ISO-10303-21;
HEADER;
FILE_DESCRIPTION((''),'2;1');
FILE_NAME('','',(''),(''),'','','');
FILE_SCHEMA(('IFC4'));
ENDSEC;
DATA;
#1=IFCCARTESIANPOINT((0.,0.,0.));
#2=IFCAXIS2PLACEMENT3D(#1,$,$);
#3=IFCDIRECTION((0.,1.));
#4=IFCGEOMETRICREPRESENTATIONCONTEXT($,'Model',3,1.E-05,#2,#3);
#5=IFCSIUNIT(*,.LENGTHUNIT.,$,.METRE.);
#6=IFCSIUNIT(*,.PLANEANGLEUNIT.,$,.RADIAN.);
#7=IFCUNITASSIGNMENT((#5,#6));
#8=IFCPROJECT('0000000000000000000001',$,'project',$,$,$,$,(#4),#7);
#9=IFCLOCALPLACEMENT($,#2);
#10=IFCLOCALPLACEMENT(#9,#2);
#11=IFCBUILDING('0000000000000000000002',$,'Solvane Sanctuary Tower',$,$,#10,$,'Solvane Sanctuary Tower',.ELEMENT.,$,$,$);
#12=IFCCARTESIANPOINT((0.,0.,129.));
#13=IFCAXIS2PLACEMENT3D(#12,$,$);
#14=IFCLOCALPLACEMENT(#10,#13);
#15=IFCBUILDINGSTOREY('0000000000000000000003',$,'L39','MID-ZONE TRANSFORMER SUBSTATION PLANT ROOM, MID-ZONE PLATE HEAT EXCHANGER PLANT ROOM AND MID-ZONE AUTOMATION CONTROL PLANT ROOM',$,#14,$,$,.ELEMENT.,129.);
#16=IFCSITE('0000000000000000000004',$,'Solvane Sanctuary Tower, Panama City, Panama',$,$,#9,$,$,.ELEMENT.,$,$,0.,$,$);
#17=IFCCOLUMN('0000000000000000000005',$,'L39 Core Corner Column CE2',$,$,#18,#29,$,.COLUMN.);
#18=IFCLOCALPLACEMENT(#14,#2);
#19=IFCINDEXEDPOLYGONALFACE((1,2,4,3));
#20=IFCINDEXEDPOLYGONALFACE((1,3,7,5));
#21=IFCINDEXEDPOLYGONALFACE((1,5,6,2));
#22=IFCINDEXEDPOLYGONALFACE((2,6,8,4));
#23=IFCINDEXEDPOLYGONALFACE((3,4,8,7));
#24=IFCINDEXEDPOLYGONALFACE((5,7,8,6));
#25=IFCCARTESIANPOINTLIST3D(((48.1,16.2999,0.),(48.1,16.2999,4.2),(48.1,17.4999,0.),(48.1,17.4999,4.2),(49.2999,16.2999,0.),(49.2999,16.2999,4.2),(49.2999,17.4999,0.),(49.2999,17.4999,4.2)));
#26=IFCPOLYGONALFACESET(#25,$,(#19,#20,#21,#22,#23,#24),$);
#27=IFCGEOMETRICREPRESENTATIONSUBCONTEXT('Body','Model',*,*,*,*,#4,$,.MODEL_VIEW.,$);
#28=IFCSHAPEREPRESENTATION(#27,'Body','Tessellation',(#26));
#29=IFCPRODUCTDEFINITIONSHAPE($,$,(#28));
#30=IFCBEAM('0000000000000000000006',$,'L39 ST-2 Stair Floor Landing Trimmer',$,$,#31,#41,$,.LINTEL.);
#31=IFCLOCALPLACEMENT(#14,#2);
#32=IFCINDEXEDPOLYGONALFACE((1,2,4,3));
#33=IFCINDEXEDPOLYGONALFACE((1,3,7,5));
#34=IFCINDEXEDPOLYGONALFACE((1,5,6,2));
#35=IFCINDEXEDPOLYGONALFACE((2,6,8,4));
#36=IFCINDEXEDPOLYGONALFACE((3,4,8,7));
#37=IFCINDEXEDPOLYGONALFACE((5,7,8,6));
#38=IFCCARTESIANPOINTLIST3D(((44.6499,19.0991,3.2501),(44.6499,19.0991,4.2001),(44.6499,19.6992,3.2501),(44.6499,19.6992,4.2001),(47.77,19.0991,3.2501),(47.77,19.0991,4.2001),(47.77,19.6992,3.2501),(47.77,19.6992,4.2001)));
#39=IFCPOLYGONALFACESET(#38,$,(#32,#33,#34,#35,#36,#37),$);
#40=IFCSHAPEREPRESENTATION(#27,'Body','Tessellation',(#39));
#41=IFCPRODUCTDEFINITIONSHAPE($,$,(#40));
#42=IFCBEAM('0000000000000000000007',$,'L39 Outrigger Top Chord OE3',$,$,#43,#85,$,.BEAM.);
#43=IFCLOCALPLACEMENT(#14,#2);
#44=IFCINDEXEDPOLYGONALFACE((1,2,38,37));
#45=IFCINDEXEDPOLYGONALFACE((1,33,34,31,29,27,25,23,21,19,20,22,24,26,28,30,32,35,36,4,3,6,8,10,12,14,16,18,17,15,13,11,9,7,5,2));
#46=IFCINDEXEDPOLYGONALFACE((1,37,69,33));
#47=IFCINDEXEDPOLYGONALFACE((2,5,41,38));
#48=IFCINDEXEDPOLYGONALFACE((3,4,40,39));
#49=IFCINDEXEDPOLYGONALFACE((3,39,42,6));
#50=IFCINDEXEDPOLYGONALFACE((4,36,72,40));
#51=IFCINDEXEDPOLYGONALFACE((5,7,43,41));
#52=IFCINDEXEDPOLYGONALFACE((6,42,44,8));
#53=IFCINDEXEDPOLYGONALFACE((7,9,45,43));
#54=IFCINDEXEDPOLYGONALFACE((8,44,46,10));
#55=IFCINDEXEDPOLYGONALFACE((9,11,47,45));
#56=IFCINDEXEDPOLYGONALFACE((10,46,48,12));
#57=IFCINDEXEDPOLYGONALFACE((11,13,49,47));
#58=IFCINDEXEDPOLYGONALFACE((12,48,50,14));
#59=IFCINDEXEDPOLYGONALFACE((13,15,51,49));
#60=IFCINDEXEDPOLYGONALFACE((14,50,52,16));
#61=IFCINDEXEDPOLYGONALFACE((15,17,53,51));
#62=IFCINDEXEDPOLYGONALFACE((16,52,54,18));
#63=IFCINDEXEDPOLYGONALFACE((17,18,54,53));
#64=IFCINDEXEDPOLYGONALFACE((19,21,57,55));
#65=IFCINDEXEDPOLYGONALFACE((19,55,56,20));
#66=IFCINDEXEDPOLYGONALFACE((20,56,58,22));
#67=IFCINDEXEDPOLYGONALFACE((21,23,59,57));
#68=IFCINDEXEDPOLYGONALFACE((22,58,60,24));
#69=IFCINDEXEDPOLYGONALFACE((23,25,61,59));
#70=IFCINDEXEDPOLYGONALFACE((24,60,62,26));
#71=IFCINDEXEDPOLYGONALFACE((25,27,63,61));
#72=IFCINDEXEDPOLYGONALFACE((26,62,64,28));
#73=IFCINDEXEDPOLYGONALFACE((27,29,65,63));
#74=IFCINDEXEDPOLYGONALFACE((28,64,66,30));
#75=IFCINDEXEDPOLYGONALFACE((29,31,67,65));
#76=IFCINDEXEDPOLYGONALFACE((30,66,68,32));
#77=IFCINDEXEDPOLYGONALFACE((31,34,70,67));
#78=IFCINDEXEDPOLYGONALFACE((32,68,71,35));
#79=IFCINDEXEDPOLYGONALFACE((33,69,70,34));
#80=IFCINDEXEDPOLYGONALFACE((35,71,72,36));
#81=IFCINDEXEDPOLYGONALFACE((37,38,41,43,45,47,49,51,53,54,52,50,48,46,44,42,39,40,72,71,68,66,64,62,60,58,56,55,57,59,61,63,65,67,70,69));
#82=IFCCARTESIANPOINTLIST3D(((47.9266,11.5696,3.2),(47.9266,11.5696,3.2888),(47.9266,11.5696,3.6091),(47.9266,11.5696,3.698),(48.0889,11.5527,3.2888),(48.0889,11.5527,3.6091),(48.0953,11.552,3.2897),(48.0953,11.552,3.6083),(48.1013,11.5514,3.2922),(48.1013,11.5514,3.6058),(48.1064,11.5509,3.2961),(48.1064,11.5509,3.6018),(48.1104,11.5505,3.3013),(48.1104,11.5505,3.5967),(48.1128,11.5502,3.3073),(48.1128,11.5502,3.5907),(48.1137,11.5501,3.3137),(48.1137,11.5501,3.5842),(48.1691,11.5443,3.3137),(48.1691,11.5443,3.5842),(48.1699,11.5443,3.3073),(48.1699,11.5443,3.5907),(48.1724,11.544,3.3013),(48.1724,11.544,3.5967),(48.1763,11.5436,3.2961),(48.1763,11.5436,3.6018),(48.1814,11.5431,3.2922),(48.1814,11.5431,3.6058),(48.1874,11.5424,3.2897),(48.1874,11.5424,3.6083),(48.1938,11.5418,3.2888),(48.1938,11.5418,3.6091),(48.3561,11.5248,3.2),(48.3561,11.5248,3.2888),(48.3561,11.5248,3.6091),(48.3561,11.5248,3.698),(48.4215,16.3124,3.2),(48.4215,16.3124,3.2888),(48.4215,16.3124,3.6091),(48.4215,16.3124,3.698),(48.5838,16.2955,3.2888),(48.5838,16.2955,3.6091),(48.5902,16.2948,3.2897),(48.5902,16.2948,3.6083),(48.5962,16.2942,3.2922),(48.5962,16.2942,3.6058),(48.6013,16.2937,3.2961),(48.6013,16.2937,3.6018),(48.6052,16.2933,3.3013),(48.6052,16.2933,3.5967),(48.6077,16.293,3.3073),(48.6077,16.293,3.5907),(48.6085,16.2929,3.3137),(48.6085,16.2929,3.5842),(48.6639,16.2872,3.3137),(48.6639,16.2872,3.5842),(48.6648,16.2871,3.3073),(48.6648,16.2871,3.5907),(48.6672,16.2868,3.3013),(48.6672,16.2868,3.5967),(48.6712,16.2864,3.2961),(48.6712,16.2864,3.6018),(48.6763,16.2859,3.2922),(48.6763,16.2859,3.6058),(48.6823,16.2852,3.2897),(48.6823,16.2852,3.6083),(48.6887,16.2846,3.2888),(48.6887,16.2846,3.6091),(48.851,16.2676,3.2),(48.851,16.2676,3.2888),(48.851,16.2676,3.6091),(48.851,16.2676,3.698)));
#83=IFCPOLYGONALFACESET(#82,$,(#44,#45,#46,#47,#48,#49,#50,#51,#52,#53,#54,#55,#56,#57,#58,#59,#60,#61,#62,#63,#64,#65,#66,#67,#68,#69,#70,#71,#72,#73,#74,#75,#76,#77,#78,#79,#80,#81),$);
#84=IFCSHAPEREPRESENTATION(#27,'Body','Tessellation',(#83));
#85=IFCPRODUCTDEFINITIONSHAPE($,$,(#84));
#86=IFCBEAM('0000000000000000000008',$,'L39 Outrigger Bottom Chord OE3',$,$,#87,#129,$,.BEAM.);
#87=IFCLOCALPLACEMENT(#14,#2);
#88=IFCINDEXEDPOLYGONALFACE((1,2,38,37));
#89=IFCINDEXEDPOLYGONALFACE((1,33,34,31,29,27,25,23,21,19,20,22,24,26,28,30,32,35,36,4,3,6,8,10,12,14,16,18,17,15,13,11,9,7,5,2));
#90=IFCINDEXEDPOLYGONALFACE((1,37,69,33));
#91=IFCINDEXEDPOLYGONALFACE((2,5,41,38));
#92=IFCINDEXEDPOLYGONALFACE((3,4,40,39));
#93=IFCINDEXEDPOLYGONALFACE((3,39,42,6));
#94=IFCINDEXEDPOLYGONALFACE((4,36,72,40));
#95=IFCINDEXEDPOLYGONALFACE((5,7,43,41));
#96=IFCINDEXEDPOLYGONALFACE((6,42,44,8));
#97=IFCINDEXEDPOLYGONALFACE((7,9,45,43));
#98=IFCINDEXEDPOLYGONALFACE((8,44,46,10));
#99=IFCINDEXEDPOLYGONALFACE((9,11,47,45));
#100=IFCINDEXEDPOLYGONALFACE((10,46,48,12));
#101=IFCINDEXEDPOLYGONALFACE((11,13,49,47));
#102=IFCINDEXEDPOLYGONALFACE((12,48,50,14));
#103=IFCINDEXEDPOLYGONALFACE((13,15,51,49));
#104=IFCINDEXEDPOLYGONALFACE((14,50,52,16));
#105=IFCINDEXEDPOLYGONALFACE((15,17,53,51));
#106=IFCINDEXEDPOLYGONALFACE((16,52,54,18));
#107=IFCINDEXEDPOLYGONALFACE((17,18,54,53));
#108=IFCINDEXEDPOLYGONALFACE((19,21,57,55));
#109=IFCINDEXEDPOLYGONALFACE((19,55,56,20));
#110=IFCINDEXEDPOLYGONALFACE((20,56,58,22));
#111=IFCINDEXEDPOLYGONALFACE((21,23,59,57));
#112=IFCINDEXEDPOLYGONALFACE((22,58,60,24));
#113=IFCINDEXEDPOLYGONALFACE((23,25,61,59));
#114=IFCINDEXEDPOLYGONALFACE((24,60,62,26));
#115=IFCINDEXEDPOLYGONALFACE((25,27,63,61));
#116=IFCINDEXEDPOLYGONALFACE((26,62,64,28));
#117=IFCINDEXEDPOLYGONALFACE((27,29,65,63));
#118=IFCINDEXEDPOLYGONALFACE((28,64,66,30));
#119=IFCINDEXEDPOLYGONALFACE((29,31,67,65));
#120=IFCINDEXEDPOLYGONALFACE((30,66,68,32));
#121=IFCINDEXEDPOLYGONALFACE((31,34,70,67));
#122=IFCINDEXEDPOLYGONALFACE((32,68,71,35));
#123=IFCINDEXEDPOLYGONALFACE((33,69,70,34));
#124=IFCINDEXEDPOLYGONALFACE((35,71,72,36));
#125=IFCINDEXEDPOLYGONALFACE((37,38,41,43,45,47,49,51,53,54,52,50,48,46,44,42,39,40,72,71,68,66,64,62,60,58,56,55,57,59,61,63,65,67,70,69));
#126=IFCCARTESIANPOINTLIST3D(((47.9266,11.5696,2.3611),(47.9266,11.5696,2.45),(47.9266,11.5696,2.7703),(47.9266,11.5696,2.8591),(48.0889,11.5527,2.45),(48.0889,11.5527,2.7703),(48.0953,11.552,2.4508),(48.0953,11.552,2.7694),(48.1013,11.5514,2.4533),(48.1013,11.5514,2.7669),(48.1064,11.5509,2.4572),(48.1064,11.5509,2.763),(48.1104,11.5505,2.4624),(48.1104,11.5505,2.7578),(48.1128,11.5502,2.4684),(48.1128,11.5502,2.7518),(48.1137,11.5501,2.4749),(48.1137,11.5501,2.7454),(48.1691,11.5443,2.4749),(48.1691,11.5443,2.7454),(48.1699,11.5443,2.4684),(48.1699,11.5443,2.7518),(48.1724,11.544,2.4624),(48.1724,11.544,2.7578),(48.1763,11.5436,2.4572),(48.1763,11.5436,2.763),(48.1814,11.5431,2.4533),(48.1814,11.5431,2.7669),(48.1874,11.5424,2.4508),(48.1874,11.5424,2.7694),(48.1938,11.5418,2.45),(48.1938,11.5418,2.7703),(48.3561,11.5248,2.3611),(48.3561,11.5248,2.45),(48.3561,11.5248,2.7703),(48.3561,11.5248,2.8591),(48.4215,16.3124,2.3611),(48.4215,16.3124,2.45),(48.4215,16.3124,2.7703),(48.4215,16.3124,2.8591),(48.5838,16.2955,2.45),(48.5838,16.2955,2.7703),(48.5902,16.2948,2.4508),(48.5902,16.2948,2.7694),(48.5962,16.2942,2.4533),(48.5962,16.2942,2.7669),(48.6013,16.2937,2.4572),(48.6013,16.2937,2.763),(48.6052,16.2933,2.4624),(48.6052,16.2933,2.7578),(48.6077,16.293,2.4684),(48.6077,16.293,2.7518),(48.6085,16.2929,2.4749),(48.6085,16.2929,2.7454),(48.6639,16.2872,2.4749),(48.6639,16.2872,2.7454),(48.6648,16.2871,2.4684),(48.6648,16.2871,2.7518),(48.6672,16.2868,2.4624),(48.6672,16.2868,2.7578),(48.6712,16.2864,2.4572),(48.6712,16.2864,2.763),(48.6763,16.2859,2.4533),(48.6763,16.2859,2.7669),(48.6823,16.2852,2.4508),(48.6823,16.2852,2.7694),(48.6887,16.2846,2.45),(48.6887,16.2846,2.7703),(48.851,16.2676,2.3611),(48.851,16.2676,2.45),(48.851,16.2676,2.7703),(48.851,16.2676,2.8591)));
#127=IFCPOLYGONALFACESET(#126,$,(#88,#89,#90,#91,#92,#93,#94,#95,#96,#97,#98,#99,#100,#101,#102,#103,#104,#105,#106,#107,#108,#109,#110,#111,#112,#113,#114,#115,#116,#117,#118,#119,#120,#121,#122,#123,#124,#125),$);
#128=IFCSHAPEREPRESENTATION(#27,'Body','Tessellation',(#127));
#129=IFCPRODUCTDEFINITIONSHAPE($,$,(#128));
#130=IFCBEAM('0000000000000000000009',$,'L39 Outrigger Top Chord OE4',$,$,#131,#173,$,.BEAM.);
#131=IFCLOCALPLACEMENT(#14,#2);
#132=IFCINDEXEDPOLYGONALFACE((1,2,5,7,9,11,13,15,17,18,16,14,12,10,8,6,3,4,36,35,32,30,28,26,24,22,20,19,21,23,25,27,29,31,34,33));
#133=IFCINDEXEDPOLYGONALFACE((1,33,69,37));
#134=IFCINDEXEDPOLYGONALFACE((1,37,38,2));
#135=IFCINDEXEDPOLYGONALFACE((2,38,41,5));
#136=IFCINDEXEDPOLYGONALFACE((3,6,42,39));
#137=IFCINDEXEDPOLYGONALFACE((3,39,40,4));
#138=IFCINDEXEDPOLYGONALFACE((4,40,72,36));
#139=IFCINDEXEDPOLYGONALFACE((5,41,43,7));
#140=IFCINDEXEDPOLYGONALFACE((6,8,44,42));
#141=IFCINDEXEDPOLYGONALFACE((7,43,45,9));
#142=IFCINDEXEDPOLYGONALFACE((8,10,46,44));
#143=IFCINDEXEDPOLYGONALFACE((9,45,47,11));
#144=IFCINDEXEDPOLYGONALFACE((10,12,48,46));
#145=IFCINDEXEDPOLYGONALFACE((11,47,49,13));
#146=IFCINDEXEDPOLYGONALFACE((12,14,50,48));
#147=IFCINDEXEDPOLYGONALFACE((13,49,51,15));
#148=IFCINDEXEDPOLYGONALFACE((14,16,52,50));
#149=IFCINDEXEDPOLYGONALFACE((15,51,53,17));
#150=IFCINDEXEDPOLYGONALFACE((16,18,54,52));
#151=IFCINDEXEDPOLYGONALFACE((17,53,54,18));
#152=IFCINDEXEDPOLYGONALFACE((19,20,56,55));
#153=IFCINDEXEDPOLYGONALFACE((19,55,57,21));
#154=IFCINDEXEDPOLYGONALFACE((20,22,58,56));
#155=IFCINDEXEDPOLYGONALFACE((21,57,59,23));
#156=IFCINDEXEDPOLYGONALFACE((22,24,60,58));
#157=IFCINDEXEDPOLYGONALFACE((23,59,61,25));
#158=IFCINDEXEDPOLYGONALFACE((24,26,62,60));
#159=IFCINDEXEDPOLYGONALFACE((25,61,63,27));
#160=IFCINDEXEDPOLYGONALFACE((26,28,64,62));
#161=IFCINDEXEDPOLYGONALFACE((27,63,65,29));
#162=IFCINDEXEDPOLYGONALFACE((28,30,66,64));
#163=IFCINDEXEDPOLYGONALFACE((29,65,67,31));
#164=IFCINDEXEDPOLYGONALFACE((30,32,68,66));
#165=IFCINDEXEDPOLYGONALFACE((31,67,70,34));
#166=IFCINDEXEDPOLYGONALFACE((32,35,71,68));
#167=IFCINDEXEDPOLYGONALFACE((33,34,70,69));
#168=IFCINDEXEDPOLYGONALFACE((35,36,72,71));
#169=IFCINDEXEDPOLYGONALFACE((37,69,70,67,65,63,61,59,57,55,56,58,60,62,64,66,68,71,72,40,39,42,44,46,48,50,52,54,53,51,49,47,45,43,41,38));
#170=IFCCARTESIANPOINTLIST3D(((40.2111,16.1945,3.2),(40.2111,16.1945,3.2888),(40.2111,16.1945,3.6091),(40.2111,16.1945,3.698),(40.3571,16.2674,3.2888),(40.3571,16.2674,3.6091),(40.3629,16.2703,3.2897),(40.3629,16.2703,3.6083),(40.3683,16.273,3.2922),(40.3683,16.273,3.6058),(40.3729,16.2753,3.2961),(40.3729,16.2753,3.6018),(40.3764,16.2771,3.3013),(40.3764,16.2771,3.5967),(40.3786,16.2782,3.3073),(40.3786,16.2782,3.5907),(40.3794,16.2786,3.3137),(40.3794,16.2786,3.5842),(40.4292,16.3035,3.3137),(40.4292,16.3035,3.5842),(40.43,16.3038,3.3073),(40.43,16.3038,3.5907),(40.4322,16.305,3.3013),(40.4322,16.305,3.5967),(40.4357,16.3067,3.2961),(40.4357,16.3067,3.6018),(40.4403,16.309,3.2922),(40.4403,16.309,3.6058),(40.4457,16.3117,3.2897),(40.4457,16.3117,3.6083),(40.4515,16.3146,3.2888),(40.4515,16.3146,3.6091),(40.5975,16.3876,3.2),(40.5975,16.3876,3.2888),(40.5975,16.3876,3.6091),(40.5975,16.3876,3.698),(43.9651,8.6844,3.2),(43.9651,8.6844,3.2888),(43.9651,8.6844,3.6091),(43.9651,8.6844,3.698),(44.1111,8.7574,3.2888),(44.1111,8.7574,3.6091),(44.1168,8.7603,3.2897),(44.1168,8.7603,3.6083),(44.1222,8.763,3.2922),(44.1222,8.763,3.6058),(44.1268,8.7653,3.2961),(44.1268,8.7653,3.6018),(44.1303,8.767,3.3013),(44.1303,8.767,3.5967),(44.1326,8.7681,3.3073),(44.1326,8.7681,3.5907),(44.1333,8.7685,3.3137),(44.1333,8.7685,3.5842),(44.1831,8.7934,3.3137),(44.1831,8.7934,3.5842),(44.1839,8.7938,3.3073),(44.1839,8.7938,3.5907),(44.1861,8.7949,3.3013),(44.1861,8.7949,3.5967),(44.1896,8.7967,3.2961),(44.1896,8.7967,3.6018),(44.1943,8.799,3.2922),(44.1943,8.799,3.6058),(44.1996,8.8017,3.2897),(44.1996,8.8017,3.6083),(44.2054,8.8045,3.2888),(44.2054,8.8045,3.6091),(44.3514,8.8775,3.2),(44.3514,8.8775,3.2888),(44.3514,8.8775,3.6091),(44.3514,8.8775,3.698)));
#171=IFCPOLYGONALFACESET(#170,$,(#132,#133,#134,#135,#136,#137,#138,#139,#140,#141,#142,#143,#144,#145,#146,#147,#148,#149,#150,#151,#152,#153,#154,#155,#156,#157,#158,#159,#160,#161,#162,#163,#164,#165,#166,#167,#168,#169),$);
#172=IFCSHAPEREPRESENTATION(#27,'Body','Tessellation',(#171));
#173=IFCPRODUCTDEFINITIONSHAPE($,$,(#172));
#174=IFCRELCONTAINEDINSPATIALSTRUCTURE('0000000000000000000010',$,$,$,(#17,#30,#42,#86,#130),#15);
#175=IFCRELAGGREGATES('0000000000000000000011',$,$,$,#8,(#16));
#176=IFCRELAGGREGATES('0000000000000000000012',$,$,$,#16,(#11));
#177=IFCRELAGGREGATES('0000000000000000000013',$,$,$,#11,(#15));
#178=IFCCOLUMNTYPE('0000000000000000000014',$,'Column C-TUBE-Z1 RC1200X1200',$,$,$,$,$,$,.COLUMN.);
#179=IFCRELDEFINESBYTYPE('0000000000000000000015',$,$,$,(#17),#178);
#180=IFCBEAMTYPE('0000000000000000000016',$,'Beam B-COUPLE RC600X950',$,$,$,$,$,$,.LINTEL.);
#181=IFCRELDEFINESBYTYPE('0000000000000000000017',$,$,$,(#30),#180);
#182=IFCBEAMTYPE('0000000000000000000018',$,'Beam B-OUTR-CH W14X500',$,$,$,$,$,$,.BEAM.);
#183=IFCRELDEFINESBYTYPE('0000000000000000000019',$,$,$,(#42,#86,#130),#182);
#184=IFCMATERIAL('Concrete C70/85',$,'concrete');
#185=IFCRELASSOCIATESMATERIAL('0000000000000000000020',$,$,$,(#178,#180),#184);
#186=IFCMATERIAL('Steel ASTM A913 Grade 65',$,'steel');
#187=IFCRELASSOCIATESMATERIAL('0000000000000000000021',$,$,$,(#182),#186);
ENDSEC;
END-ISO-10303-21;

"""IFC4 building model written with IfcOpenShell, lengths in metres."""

from ifc_helpers import new_model, si_unit, direction, frame, origin, origin_2d, place, context, subcontext, project, spatial, rectangle, i_section, extrude, material, material_profile, profile_set, type_object, element, save


model = new_model("IFC4")

# Units and contexts
model_context = context("Model", 3, precision=1e-05, world=origin(), true_north=direction((0.0, 1.0)))
body_context = subcontext(model_context, "Body", "Model", "MODEL_VIEW")
ifc_project = project(units=[si_unit("LENGTHUNIT", "METRE"), si_unit("PLANEANGLEUNIT", "RADIAN")], contexts=[model_context])

# Site, building, storey
site_placement = place(None, origin())
site = spatial("IfcSite", under=ifc_project, at=site_placement, Name="Solvane Sanctuary Tower, Panama City, Panama", CompositionType="ELEMENT", RefElevation=0.0)
building_placement = place(site_placement, origin())
building = spatial("IfcBuilding", under=site, at=building_placement, Name="Solvane Sanctuary Tower", LongName="Solvane Sanctuary Tower", CompositionType="ELEMENT")
storey_placement = place(building_placement, frame((0.0, 0.0, 129.0)))
storey = spatial("IfcBuildingStorey", under=building, at=storey_placement, Name="L39", Description="MID-ZONE TRANSFORMER SUBSTATION PLANT ROOM, MID-ZONE PLATE HEAT EXCHANGER PLANT ROOM AND MID-ZONE AUTOMATION CONTROL PLANT ROOM", CompositionType="ELEMENT", Elevation=129.0)

# Column
ifc_material_1 = material(Name="Concrete C70/85", Category="concrete")
ifc_material_profile_1 = material_profile(ifc_material_1, rectangle(XDim=1.2, YDim=1.2, at=origin_2d()), Name="RC1200X1200")
ifc_profile_set_1 = profile_set([ifc_material_profile_1], Name="Concrete C70/85")
column_type = type_object("IfcColumnType", Name="Column C-TUBE-Z1 RC1200X1200", PredefinedType="COLUMN", material=ifc_profile_set_1)
column_placement = place(storey_placement, frame((48.7, 16.8999, 0.0), z_axis=(0.0, 0.0, 1.0), x_axis=(1.0, 0.0, 0.0)))
element("IfcColumn", 1, at=column_placement, inside=storey, type_object=column_type, Name="L39 Core Corner Column CE2", PredefinedType="COLUMN", context=body_context, shape_type="SweptSolid", body=[
    extrude(rectangle(XDim=1.2, YDim=1.2, at=origin_2d()), origin(), (0.0, 0.0, 1.0), 4.2),
])

# Beams
ifc_material_profile_2 = material_profile(ifc_material_1, rectangle(XDim=0.6001, YDim=0.95, at=origin_2d()), Name="RC600X950")
ifc_profile_set_2 = profile_set([ifc_material_profile_2], Name="Concrete C70/85")
beam_type_1 = type_object("IfcBeamType", Name="Beam B-COUPLE RC600X950", PredefinedType="LINTEL", material=ifc_profile_set_2)
beam_placement = place(storey_placement, frame((44.6499, 19.3992, 3.7251), z_axis=(1.0, 0.0, 0.0), x_axis=(0.0, 1.0, 0.0)))
element("IfcBeam", 2, at=beam_placement, inside=storey, type_object=beam_type_1, Name="L39 ST-2 Stair Floor Landing Trimmer", PredefinedType="LINTEL", context=body_context, shape_type="SweptSolid", body=[
    extrude(rectangle(XDim=0.6001, YDim=0.95, at=origin_2d()), origin(), (0.0, 0.0, 1.0), 3.1201),
])
ifc_material_2 = material(Name="Steel ASTM A913 Grade 65", Category="steel")
ifc_material_profile_3 = material_profile(ifc_material_2, i_section(OverallWidth=0.4319, OverallDepth=0.498, WebThickness=0.0557, FlangeThickness=0.0889, FilletRadius=0.0249, at=origin_2d()), Name="W14X500")
ifc_profile_set_3 = profile_set([ifc_material_profile_3], Name="Steel ASTM A913 Grade 65")
beam_type_2 = type_object("IfcBeamType", Name="Beam B-OUTR-CH W14X500", PredefinedType="BEAM", material=ifc_profile_set_3)
for number, where, z_axis, x_axis, name in (
    (3, (48.6362, 16.29, 3.449), (-0.103776, -0.994601, 0.0), (0.994601, -0.103776, 0.0), "L39 Outrigger Top Chord OE3"),
    (4, (48.6362, 16.29, 2.6101), (-0.103776, -0.994601, 0.0), (0.994601, -0.103776, 0.0), "L39 Outrigger Bottom Chord OE3"),
):
    element("IfcBeam", number, at=place(storey_placement, frame(where, z_axis=z_axis, x_axis=x_axis)), inside=storey, type_object=beam_type_2, Name=name, PredefinedType="BEAM", context=body_context, shape_type="SweptSolid", body=[
        extrude(i_section(OverallWidth=0.4319, OverallDepth=0.498, WebThickness=0.0557, FlangeThickness=0.0889, FilletRadius=0.0249, at=origin_2d()), origin(), (0.0, 0.0, 1.0), 4.7686),
    ])
for number, where, z_axis, x_axis, name in (
    (5, (40.4043, 16.291, 3.449), (0.447109, -0.89448, 0.0), (0.89448, 0.447109, 0.0), "L39 Outrigger Top Chord OE4"),
):
    element("IfcBeam", number, at=place(storey_placement, frame(where, z_axis=z_axis, x_axis=x_axis)), inside=storey, type_object=beam_type_2, Name=name, PredefinedType="BEAM", context=body_context, shape_type="SweptSolid", body=[
        extrude(i_section(OverallWidth=0.4319, OverallDepth=0.498, WebThickness=0.0557, FlangeThickness=0.0889, FilletRadius=0.0249, at=origin_2d()), origin(), (0.0, 0.0, 1.0), 8.396),
    ])

save(model, "model.ifc")
